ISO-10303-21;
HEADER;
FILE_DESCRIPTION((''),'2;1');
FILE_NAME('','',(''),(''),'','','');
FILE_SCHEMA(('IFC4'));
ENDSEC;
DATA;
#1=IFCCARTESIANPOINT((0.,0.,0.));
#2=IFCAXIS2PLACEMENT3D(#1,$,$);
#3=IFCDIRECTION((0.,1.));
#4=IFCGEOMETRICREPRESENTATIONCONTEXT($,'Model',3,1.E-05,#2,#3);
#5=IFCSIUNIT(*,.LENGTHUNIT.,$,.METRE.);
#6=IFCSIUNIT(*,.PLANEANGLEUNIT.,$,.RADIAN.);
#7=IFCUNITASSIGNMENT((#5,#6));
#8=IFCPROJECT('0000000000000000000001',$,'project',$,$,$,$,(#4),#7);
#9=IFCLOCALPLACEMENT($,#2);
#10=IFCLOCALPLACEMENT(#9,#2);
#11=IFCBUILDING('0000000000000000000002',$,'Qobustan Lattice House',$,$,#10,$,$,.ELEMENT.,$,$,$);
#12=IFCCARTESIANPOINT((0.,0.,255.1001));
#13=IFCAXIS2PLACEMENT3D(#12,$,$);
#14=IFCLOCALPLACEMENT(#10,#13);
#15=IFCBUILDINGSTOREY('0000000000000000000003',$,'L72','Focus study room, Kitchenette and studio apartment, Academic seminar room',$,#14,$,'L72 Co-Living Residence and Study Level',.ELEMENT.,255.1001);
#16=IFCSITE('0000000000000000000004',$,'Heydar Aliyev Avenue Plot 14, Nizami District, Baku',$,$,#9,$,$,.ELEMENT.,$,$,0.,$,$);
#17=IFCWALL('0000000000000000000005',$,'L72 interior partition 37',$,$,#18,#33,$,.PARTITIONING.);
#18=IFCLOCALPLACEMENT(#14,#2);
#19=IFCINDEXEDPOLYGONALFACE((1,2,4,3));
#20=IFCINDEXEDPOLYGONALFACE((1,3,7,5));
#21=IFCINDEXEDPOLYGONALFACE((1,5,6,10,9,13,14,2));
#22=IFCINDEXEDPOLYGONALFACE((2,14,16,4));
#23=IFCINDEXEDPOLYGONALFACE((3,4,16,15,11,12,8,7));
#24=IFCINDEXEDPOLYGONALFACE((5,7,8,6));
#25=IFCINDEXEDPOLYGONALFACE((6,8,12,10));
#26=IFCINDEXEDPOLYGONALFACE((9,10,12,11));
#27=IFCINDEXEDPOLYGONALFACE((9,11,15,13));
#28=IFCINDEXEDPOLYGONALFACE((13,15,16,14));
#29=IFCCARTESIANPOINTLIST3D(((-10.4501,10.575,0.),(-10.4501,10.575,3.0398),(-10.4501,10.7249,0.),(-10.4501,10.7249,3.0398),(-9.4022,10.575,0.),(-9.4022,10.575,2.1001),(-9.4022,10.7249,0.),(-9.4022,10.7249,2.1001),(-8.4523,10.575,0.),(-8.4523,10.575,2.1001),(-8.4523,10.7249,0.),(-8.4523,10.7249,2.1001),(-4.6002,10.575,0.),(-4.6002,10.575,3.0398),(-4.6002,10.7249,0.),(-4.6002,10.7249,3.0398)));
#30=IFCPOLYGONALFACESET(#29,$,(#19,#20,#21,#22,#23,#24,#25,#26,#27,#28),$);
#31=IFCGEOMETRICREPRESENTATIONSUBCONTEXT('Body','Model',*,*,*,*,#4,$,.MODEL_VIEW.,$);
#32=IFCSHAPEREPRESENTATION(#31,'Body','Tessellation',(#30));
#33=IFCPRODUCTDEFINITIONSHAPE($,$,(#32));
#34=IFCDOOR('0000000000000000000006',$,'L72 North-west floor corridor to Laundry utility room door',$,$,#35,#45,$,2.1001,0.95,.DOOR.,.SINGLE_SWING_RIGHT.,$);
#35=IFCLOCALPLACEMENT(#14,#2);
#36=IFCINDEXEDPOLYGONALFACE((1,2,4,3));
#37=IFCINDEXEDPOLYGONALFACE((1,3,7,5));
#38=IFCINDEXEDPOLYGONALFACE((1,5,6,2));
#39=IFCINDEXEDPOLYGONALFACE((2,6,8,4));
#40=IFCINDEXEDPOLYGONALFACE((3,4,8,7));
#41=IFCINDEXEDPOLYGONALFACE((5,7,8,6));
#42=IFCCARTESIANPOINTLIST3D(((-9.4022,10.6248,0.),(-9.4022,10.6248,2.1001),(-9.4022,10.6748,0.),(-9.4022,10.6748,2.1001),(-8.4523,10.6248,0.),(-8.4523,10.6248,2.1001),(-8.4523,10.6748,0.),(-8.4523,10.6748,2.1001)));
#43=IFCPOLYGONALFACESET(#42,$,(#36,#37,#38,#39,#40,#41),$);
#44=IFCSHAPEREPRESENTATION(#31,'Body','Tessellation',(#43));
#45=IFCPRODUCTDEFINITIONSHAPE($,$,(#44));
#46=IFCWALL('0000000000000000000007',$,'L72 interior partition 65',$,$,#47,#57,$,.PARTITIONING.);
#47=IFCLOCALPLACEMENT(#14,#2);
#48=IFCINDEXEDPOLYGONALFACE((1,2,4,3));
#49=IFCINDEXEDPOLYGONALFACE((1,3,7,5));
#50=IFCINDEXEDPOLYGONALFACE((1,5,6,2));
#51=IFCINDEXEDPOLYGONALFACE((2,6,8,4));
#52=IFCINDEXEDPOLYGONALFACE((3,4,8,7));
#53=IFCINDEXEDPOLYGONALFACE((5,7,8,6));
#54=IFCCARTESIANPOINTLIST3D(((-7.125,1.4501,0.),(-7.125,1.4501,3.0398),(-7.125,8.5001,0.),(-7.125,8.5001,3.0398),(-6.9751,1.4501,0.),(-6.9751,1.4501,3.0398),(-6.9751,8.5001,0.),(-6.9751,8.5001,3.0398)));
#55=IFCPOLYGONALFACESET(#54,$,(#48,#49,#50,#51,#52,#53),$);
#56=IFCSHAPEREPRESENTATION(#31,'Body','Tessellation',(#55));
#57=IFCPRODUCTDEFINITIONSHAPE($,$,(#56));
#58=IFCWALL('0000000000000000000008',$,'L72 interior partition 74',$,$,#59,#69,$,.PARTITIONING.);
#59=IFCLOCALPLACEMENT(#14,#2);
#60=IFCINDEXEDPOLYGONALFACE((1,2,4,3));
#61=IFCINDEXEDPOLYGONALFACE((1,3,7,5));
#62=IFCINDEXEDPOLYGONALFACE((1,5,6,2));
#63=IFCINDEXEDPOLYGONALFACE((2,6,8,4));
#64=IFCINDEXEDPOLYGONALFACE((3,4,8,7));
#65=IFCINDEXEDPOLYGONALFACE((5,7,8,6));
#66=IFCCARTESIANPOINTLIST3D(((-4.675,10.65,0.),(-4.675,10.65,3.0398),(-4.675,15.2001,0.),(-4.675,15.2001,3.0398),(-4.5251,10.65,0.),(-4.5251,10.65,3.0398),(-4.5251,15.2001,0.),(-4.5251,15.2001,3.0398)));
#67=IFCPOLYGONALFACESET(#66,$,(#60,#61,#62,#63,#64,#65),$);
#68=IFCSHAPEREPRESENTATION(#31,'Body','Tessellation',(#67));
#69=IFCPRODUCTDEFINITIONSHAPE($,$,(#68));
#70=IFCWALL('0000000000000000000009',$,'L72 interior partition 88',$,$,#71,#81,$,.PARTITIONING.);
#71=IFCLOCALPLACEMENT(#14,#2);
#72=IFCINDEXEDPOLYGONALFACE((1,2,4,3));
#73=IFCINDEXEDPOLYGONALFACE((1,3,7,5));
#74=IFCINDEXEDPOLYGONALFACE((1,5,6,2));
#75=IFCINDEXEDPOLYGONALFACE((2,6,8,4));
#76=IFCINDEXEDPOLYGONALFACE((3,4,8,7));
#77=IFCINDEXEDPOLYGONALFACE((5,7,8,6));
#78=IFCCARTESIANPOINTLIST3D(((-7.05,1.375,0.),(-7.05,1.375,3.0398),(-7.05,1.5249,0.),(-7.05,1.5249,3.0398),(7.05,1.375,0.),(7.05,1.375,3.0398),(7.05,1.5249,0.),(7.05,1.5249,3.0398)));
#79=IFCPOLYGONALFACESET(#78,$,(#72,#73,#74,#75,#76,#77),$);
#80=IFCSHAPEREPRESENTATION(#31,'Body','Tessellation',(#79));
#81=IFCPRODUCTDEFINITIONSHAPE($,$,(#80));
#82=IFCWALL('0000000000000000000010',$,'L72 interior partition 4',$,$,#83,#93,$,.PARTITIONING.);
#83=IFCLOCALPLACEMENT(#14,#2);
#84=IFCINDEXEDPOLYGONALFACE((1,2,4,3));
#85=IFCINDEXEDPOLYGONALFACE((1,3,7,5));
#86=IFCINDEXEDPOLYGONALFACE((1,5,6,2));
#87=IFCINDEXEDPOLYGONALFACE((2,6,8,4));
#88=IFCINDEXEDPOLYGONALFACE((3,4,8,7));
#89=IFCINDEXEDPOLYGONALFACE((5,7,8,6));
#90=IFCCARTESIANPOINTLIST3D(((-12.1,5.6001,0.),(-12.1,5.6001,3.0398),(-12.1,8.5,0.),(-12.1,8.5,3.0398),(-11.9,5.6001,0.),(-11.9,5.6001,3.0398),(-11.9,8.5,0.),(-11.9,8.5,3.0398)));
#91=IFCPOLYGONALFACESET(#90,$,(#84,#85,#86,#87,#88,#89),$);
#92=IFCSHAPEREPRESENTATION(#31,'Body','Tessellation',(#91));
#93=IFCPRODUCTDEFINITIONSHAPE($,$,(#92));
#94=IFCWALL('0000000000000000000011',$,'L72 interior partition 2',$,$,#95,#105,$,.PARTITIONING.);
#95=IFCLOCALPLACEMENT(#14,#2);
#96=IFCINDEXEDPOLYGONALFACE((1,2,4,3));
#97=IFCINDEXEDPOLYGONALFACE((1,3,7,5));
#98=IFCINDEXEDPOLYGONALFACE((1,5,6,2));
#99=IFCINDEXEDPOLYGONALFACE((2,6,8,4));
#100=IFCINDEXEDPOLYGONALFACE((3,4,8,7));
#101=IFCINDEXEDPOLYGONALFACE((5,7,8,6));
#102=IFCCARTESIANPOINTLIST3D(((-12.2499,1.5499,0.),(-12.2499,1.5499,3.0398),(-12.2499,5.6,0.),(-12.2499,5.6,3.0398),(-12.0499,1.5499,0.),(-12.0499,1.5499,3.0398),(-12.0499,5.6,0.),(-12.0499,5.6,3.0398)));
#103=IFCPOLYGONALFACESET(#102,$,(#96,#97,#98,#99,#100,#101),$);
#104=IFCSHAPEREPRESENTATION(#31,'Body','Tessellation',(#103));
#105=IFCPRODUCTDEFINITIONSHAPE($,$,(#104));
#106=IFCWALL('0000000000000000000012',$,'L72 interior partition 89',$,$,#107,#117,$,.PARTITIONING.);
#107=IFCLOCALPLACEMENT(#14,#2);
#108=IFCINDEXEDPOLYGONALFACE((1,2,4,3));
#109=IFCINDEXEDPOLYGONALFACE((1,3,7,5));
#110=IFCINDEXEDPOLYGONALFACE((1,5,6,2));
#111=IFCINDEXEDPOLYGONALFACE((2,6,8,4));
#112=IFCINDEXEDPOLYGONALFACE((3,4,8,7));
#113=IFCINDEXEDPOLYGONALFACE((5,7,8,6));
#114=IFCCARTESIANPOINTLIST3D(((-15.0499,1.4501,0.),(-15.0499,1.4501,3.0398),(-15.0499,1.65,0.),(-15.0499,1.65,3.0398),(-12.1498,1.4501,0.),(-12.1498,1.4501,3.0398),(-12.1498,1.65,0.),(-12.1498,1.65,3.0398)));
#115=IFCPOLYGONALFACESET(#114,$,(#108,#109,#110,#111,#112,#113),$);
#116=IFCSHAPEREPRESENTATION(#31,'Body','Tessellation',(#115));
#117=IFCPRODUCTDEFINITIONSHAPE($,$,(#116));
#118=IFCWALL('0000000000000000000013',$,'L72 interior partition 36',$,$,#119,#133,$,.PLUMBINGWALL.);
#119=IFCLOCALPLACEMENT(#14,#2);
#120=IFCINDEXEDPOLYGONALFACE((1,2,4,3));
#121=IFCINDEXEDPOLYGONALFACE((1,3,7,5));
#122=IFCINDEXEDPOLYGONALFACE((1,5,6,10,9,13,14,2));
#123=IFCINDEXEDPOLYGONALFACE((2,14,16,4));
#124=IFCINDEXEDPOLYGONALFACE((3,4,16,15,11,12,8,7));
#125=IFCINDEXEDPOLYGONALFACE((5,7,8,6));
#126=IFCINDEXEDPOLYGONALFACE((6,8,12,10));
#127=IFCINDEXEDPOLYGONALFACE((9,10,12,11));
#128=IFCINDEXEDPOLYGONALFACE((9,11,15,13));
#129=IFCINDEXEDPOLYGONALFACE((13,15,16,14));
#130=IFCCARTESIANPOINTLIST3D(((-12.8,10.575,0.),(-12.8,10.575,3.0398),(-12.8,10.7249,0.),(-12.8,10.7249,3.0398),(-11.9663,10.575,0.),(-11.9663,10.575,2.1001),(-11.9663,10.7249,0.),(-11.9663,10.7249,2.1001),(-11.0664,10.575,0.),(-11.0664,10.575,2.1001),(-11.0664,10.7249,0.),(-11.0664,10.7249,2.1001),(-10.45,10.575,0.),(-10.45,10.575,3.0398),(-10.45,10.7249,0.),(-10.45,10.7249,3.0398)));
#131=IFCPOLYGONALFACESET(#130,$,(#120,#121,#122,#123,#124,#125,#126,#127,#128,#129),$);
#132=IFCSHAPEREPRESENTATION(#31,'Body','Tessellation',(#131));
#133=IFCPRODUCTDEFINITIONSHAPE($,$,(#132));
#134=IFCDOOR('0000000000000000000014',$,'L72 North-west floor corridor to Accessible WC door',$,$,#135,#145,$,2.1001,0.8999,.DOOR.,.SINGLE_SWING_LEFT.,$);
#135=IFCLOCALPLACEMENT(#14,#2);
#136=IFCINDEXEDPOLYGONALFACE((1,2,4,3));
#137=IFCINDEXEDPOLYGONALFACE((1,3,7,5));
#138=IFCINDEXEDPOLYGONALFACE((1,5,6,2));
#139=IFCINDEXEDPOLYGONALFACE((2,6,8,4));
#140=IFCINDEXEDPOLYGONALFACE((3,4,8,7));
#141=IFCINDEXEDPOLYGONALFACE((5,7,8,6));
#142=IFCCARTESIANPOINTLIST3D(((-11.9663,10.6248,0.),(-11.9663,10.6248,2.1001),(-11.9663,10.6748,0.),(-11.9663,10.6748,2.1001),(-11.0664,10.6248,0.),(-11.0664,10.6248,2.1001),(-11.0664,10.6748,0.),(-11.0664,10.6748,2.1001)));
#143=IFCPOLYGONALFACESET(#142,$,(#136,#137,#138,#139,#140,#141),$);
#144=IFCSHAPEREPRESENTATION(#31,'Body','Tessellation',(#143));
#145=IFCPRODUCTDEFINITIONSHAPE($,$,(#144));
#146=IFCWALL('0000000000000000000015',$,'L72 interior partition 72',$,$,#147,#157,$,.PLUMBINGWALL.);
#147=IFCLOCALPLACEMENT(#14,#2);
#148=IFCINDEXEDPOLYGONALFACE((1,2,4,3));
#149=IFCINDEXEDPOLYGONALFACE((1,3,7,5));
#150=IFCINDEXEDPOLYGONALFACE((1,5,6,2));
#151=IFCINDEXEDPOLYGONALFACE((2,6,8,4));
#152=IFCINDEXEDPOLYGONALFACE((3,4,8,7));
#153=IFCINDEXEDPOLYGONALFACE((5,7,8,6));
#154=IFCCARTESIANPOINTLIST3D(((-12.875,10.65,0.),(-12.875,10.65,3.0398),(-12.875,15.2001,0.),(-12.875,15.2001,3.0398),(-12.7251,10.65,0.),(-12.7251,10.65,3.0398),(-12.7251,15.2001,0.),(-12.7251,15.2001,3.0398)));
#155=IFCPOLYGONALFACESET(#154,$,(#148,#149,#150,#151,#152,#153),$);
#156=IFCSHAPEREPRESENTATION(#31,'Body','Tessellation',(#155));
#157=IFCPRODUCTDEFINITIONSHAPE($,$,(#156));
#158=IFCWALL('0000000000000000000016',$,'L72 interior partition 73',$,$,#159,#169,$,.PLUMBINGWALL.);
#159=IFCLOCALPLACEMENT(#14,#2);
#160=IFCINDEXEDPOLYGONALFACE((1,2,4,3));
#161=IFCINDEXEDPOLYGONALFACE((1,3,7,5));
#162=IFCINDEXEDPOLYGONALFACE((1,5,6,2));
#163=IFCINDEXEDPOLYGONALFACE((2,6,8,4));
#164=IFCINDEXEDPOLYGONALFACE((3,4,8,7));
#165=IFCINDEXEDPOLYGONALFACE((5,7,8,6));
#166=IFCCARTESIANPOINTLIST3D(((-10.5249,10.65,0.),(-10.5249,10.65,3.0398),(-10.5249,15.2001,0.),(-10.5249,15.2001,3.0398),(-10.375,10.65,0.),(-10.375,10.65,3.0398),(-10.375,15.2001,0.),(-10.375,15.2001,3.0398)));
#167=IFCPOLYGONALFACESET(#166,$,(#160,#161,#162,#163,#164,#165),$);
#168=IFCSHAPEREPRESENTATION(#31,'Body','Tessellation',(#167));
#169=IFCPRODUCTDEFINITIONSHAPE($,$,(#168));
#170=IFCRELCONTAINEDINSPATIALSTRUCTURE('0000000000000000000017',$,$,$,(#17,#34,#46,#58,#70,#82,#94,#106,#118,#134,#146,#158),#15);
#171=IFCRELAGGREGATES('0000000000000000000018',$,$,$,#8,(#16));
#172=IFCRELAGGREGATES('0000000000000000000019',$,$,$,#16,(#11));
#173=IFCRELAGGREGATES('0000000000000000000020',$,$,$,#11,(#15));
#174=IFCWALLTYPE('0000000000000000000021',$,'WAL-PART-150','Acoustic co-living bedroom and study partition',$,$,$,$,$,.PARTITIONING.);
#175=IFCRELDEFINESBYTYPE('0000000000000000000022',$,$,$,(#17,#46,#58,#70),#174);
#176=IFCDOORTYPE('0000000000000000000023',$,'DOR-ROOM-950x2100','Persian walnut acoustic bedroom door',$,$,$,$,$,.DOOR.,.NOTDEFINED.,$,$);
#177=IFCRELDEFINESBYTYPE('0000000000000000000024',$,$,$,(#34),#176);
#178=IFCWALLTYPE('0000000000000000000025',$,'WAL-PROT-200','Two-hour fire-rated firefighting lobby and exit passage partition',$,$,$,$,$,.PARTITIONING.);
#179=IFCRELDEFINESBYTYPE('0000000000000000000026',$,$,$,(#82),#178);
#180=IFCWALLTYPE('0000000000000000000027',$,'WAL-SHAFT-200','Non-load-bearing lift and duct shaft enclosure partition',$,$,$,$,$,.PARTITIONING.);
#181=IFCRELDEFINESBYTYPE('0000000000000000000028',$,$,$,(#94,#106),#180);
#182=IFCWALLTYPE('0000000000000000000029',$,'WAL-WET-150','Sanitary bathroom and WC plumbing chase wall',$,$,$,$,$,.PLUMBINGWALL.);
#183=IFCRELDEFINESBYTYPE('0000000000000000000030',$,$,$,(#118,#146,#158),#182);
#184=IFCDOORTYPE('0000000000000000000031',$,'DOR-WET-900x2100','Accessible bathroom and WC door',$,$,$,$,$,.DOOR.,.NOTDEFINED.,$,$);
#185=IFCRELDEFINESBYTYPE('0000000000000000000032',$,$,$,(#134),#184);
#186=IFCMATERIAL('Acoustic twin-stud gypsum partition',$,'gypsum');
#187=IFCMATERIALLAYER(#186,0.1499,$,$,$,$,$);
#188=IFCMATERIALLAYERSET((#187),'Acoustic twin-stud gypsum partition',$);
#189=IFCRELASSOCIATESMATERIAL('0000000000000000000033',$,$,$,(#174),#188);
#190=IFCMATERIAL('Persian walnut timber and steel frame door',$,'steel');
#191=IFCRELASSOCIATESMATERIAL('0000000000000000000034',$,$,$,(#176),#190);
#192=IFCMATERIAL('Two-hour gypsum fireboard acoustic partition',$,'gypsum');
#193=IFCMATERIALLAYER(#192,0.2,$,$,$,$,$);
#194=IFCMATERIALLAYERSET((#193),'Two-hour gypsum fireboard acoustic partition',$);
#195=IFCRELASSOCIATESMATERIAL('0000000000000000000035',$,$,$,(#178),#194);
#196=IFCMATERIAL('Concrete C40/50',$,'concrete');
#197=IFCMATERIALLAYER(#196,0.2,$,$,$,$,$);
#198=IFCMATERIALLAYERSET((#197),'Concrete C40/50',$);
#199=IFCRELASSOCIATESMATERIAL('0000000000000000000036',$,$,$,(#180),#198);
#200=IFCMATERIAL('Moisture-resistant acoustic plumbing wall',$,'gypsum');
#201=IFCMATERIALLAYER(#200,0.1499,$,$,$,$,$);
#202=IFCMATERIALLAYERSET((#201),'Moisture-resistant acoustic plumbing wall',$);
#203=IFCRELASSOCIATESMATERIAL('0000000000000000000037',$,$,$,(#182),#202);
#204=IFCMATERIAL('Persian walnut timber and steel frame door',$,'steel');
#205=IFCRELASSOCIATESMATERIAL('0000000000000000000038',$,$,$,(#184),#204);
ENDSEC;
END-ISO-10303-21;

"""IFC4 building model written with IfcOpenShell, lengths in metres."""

from ifc_helpers import new_model, si_unit, direction, frame, frame_2d, origin, place, context, subcontext, project, spatial, rectangle, extrude, material, layer, layer_set, type_object, element, fill, save


model = new_model("IFC4")

# Units and contexts
model_context = context("Model", 3, precision=1e-05, world=origin(), true_north=direction((0.0, 1.0)))
body_context = subcontext(model_context, "Body", "Model", "MODEL_VIEW")
ifc_project = project(units=[si_unit("LENGTHUNIT", "METRE"), si_unit("PLANEANGLEUNIT", "RADIAN")], contexts=[model_context])

# Site, building, storey
site_placement = place(None, origin())
site = spatial("IfcSite", under=ifc_project, at=site_placement, Name="Heydar Aliyev Avenue Plot 14, Nizami District, Baku", CompositionType="ELEMENT", RefElevation=0.0)
building_placement = place(site_placement, origin())
building = spatial("IfcBuilding", under=site, at=building_placement, Name="Qobustan Lattice House", CompositionType="ELEMENT")
storey_placement = place(building_placement, frame((0.0, 0.0, 255.1001)))
storey = spatial("IfcBuildingStorey", under=building, at=storey_placement, Name="L72", Description="Focus study room, Kitchenette and studio apartment, Academic seminar room", LongName="L72 Co-Living Residence and Study Level", CompositionType="ELEMENT", Elevation=255.1001)

# Wall, opening, door
ifc_material_1 = material(Name="Acoustic twin-stud gypsum partition", Category="gypsum")
ifc_layer_1 = layer(ifc_material_1, 0.1499)
ifc_layer_set_1 = layer_set([ifc_layer_1], Name="Acoustic twin-stud gypsum partition")
wall_type_1 = type_object("IfcWallType", Name="WAL-PART-150", Description="Acoustic co-living bedroom and study partition", PredefinedType="PARTITIONING", material=ifc_layer_set_1)
wall_1_placement = place(storey_placement, frame((-10.45, 10.6499, 0.0), z_axis=(0.0, 0.0, 1.0), x_axis=(1.0, 0.0, 0.0)))
wall_1 = element("IfcWall", 1, at=wall_1_placement, inside=storey, type_object=wall_type_1, Name="L72 interior partition 37", PredefinedType="PARTITIONING", context=body_context, shape_type="SweptSolid", body=[
    extrude(rectangle(XDim=5.8499, YDim=0.1499, at=frame_2d((2.9248, 0.0))), origin(), (0.0, 0.0, 1.0), 3.0398),
])
opening_1_placement = place(wall_1_placement, frame((1.0476, 0.0, 0.0)))
opening_1 = element("IfcOpeningElement", 2, at=opening_1_placement, cuts=wall_1, PredefinedType="OPENING", context=body_context, shape_type="SweptSolid", body=[
    extrude(rectangle(XDim=0.95, YDim=2.1001, at=frame_2d((0.4751, 1.05))), frame((0.0, 0.085, 0.0), z_axis=(0.0, -1.0, 0.0), x_axis=(1.0, 0.0, 0.0)), (0.0, 0.0, 1.0), 0.1699),
])
ifc_material_2 = material(Name="Persian walnut timber and steel frame door", Category="steel")
door_type_1 = type_object("IfcDoorType", Name="DOR-ROOM-950x2100", Description="Persian walnut acoustic bedroom door", OperationType="NOTDEFINED", PredefinedType="DOOR", material=ifc_material_2)
door_1_placement = place(opening_1_placement, origin())
door_1 = element("IfcDoor", 3, at=door_1_placement, inside=storey, type_object=door_type_1, Name="L72 North-west floor corridor to Laundry utility room door", OperationType="SINGLE_SWING_RIGHT", OverallHeight=2.1001, OverallWidth=0.95, PredefinedType="DOOR", context=body_context, shape_type="SweptSolid", body=[
    extrude(rectangle(XDim=0.95, YDim=2.1001, at=frame_2d((0.4751, 1.05))), frame((0.0, 0.0249, 0.0), z_axis=(0.0, -1.0, 0.0), x_axis=(1.0, 0.0, 0.0)), (0.0, 0.0, 1.0), 0.05),
])
fill(opening_1, door_1)

# Walls
wall_2_placement = place(storey_placement, frame((-7.05, 8.5, 0.0), z_axis=(0.0, 0.0, 1.0), x_axis=(0.0, -1.0, 0.0)))
element("IfcWall", 4, at=wall_2_placement, inside=storey, type_object=wall_type_1, Name="L72 interior partition 65", PredefinedType="PARTITIONING", context=body_context, shape_type="SweptSolid", body=[
    extrude(rectangle(XDim=7.05, YDim=0.1499, at=frame_2d((3.5249, 0.0))), origin(), (0.0, 0.0, 1.0), 3.0398),
])
wall_3_placement = place(storey_placement, frame((-4.6001, 15.2, 0.0), z_axis=(0.0, 0.0, 1.0), x_axis=(0.0, -1.0, 0.0)))
element("IfcWall", 5, at=wall_3_placement, inside=storey, type_object=wall_type_1, Name="L72 interior partition 74", PredefinedType="PARTITIONING", context=body_context, shape_type="SweptSolid", body=[
    extrude(rectangle(XDim=4.55, YDim=0.1499, at=frame_2d((2.2749, 0.0))), origin(), (0.0, 0.0, 1.0), 3.0398),
])
wall_4_placement = place(storey_placement, frame((-7.05, 1.45, 0.0), z_axis=(0.0, 0.0, 1.0), x_axis=(1.0, 0.0, 0.0)))
element("IfcWall", 6, at=wall_4_placement, inside=storey, type_object=wall_type_1, Name="L72 interior partition 88", PredefinedType="PARTITIONING", context=body_context, shape_type="SweptSolid", body=[
    extrude(rectangle(XDim=14.1001, YDim=0.1499, at=frame_2d((7.05, 0.0))), origin(), (0.0, 0.0, 1.0), 3.0398),
])

# Shared definitions
ifc_material_3 = material(Name="Two-hour gypsum fireboard acoustic partition", Category="gypsum")
ifc_layer_2 = layer(ifc_material_3, 0.2)
ifc_layer_set_2 = layer_set([ifc_layer_2], Name="Two-hour gypsum fireboard acoustic partition")
wall_type_2 = type_object("IfcWallType", Name="WAL-PROT-200", Description="Two-hour fire-rated firefighting lobby and exit passage partition", PredefinedType="PARTITIONING", material=ifc_layer_set_2)

# Walls
wall_5_placement = place(storey_placement, frame((-12.0, 5.6001, 0.0), z_axis=(0.0, 0.0, 1.0), x_axis=(0.0, 1.0, 0.0)))
element("IfcWall", 7, at=wall_5_placement, inside=storey, type_object=wall_type_2, Name="L72 interior partition 4", PredefinedType="PARTITIONING", context=body_context, shape_type="SweptSolid", body=[
    extrude(rectangle(XDim=2.8999, YDim=0.2, at=frame_2d((1.45, 0.0))), origin(), (0.0, 0.0, 1.0), 3.0398),
])
ifc_material_4 = material(Name="Concrete C40/50", Category="concrete")
ifc_layer_3 = layer(ifc_material_4, 0.2)
ifc_layer_set_3 = layer_set([ifc_layer_3], Name="Concrete C40/50")
wall_type_3 = type_object("IfcWallType", Name="WAL-SHAFT-200", Description="Non-load-bearing lift and duct shaft enclosure partition", PredefinedType="PARTITIONING", material=ifc_layer_set_3)
wall_6_placement = place(storey_placement, frame((-12.1499, 1.55, 0.0), z_axis=(0.0, 0.0, 1.0), x_axis=(0.0, 1.0, 0.0)))
element("IfcWall", 8, at=wall_6_placement, inside=storey, type_object=wall_type_3, Name="L72 interior partition 2", PredefinedType="PARTITIONING", context=body_context, shape_type="SweptSolid", body=[
    extrude(rectangle(XDim=4.05, YDim=0.2, at=frame_2d((2.0249, 0.0))), origin(), (0.0, 0.0, 1.0), 3.0398),
])
wall_7_placement = place(storey_placement, frame((-15.05, 1.55, 0.0), z_axis=(0.0, 0.0, 1.0), x_axis=(1.0, 0.0, 0.0)))
element("IfcWall", 9, at=wall_7_placement, inside=storey, type_object=wall_type_3, Name="L72 interior partition 89", PredefinedType="PARTITIONING", context=body_context, shape_type="SweptSolid", body=[
    extrude(rectangle(XDim=2.9001, YDim=0.2, at=frame_2d((1.4502, 0.0))), origin(), (0.0, 0.0, 1.0), 3.0398),
])

# Wall, opening, door
ifc_material_5 = material(Name="Moisture-resistant acoustic plumbing wall", Category="gypsum")
ifc_layer_4 = layer(ifc_material_5, 0.1499)
ifc_layer_set_4 = layer_set([ifc_layer_4], Name="Moisture-resistant acoustic plumbing wall")
wall_type_4 = type_object("IfcWallType", Name="WAL-WET-150", Description="Sanitary bathroom and WC plumbing chase wall", PredefinedType="PLUMBINGWALL", material=ifc_layer_set_4)
wall_8_placement = place(storey_placement, frame((-12.8, 10.6499, 0.0), z_axis=(0.0, 0.0, 1.0), x_axis=(1.0, 0.0, 0.0)))
wall_8 = element("IfcWall", 10, at=wall_8_placement, inside=storey, type_object=wall_type_4, Name="L72 interior partition 36", PredefinedType="PLUMBINGWALL", context=body_context, shape_type="SweptSolid", body=[
    extrude(rectangle(XDim=2.3501, YDim=0.1499, at=frame_2d((1.175, 0.0))), origin(), (0.0, 0.0, 1.0), 3.0398),
])
opening_2_placement = place(wall_8_placement, frame((0.8337, 0.0, 0.0)))
opening_2 = element("IfcOpeningElement", 11, at=opening_2_placement, cuts=wall_8, PredefinedType="OPENING", context=body_context, shape_type="SweptSolid", body=[
    extrude(rectangle(XDim=0.8999, YDim=2.1001, at=frame_2d((0.45, 1.05))), frame((0.0, 0.085, 0.0), z_axis=(0.0, -1.0, 0.0), x_axis=(1.0, 0.0, 0.0)), (0.0, 0.0, 1.0), 0.1699),
])
ifc_material_6 = material(Name="Persian walnut timber and steel frame door", Category="steel")
door_type_2 = type_object("IfcDoorType", Name="DOR-WET-900x2100", Description="Accessible bathroom and WC door", OperationType="NOTDEFINED", PredefinedType="DOOR", material=ifc_material_6)
door_2_placement = place(opening_2_placement, origin())
door_2 = element("IfcDoor", 12, at=door_2_placement, inside=storey, type_object=door_type_2, Name="L72 North-west floor corridor to Accessible WC door", OperationType="SINGLE_SWING_LEFT", OverallHeight=2.1001, OverallWidth=0.8999, PredefinedType="DOOR", context=body_context, shape_type="SweptSolid", body=[
    extrude(rectangle(XDim=0.8999, YDim=2.1001, at=frame_2d((0.45, 1.05))), frame((0.0, 0.0249, 0.0), z_axis=(0.0, -1.0, 0.0), x_axis=(1.0, 0.0, 0.0)), (0.0, 0.0, 1.0), 0.05),
])
fill(opening_2, door_2)

# Walls
for number, where, z_axis, x_axis, name in (
    (13, (-12.8, 15.2, 0.0), (0.0, 0.0, 1.0), (0.0, -1.0, 0.0), "L72 interior partition 72"),
    (14, (-10.45, 15.2, 0.0), (0.0, 0.0, 1.0), (0.0, -1.0, 0.0), "L72 interior partition 73"),
):
    element("IfcWall", number, at=place(storey_placement, frame(where, z_axis=z_axis, x_axis=x_axis)), inside=storey, type_object=wall_type_4, Name=name, PredefinedType="PLUMBINGWALL", context=body_context, shape_type="SweptSolid", body=[
        extrude(rectangle(XDim=4.55, YDim=0.1499, at=frame_2d((2.2749, 0.0))), origin(), (0.0, 0.0, 1.0), 3.0398),
    ])

save(model, "model.ifc")
